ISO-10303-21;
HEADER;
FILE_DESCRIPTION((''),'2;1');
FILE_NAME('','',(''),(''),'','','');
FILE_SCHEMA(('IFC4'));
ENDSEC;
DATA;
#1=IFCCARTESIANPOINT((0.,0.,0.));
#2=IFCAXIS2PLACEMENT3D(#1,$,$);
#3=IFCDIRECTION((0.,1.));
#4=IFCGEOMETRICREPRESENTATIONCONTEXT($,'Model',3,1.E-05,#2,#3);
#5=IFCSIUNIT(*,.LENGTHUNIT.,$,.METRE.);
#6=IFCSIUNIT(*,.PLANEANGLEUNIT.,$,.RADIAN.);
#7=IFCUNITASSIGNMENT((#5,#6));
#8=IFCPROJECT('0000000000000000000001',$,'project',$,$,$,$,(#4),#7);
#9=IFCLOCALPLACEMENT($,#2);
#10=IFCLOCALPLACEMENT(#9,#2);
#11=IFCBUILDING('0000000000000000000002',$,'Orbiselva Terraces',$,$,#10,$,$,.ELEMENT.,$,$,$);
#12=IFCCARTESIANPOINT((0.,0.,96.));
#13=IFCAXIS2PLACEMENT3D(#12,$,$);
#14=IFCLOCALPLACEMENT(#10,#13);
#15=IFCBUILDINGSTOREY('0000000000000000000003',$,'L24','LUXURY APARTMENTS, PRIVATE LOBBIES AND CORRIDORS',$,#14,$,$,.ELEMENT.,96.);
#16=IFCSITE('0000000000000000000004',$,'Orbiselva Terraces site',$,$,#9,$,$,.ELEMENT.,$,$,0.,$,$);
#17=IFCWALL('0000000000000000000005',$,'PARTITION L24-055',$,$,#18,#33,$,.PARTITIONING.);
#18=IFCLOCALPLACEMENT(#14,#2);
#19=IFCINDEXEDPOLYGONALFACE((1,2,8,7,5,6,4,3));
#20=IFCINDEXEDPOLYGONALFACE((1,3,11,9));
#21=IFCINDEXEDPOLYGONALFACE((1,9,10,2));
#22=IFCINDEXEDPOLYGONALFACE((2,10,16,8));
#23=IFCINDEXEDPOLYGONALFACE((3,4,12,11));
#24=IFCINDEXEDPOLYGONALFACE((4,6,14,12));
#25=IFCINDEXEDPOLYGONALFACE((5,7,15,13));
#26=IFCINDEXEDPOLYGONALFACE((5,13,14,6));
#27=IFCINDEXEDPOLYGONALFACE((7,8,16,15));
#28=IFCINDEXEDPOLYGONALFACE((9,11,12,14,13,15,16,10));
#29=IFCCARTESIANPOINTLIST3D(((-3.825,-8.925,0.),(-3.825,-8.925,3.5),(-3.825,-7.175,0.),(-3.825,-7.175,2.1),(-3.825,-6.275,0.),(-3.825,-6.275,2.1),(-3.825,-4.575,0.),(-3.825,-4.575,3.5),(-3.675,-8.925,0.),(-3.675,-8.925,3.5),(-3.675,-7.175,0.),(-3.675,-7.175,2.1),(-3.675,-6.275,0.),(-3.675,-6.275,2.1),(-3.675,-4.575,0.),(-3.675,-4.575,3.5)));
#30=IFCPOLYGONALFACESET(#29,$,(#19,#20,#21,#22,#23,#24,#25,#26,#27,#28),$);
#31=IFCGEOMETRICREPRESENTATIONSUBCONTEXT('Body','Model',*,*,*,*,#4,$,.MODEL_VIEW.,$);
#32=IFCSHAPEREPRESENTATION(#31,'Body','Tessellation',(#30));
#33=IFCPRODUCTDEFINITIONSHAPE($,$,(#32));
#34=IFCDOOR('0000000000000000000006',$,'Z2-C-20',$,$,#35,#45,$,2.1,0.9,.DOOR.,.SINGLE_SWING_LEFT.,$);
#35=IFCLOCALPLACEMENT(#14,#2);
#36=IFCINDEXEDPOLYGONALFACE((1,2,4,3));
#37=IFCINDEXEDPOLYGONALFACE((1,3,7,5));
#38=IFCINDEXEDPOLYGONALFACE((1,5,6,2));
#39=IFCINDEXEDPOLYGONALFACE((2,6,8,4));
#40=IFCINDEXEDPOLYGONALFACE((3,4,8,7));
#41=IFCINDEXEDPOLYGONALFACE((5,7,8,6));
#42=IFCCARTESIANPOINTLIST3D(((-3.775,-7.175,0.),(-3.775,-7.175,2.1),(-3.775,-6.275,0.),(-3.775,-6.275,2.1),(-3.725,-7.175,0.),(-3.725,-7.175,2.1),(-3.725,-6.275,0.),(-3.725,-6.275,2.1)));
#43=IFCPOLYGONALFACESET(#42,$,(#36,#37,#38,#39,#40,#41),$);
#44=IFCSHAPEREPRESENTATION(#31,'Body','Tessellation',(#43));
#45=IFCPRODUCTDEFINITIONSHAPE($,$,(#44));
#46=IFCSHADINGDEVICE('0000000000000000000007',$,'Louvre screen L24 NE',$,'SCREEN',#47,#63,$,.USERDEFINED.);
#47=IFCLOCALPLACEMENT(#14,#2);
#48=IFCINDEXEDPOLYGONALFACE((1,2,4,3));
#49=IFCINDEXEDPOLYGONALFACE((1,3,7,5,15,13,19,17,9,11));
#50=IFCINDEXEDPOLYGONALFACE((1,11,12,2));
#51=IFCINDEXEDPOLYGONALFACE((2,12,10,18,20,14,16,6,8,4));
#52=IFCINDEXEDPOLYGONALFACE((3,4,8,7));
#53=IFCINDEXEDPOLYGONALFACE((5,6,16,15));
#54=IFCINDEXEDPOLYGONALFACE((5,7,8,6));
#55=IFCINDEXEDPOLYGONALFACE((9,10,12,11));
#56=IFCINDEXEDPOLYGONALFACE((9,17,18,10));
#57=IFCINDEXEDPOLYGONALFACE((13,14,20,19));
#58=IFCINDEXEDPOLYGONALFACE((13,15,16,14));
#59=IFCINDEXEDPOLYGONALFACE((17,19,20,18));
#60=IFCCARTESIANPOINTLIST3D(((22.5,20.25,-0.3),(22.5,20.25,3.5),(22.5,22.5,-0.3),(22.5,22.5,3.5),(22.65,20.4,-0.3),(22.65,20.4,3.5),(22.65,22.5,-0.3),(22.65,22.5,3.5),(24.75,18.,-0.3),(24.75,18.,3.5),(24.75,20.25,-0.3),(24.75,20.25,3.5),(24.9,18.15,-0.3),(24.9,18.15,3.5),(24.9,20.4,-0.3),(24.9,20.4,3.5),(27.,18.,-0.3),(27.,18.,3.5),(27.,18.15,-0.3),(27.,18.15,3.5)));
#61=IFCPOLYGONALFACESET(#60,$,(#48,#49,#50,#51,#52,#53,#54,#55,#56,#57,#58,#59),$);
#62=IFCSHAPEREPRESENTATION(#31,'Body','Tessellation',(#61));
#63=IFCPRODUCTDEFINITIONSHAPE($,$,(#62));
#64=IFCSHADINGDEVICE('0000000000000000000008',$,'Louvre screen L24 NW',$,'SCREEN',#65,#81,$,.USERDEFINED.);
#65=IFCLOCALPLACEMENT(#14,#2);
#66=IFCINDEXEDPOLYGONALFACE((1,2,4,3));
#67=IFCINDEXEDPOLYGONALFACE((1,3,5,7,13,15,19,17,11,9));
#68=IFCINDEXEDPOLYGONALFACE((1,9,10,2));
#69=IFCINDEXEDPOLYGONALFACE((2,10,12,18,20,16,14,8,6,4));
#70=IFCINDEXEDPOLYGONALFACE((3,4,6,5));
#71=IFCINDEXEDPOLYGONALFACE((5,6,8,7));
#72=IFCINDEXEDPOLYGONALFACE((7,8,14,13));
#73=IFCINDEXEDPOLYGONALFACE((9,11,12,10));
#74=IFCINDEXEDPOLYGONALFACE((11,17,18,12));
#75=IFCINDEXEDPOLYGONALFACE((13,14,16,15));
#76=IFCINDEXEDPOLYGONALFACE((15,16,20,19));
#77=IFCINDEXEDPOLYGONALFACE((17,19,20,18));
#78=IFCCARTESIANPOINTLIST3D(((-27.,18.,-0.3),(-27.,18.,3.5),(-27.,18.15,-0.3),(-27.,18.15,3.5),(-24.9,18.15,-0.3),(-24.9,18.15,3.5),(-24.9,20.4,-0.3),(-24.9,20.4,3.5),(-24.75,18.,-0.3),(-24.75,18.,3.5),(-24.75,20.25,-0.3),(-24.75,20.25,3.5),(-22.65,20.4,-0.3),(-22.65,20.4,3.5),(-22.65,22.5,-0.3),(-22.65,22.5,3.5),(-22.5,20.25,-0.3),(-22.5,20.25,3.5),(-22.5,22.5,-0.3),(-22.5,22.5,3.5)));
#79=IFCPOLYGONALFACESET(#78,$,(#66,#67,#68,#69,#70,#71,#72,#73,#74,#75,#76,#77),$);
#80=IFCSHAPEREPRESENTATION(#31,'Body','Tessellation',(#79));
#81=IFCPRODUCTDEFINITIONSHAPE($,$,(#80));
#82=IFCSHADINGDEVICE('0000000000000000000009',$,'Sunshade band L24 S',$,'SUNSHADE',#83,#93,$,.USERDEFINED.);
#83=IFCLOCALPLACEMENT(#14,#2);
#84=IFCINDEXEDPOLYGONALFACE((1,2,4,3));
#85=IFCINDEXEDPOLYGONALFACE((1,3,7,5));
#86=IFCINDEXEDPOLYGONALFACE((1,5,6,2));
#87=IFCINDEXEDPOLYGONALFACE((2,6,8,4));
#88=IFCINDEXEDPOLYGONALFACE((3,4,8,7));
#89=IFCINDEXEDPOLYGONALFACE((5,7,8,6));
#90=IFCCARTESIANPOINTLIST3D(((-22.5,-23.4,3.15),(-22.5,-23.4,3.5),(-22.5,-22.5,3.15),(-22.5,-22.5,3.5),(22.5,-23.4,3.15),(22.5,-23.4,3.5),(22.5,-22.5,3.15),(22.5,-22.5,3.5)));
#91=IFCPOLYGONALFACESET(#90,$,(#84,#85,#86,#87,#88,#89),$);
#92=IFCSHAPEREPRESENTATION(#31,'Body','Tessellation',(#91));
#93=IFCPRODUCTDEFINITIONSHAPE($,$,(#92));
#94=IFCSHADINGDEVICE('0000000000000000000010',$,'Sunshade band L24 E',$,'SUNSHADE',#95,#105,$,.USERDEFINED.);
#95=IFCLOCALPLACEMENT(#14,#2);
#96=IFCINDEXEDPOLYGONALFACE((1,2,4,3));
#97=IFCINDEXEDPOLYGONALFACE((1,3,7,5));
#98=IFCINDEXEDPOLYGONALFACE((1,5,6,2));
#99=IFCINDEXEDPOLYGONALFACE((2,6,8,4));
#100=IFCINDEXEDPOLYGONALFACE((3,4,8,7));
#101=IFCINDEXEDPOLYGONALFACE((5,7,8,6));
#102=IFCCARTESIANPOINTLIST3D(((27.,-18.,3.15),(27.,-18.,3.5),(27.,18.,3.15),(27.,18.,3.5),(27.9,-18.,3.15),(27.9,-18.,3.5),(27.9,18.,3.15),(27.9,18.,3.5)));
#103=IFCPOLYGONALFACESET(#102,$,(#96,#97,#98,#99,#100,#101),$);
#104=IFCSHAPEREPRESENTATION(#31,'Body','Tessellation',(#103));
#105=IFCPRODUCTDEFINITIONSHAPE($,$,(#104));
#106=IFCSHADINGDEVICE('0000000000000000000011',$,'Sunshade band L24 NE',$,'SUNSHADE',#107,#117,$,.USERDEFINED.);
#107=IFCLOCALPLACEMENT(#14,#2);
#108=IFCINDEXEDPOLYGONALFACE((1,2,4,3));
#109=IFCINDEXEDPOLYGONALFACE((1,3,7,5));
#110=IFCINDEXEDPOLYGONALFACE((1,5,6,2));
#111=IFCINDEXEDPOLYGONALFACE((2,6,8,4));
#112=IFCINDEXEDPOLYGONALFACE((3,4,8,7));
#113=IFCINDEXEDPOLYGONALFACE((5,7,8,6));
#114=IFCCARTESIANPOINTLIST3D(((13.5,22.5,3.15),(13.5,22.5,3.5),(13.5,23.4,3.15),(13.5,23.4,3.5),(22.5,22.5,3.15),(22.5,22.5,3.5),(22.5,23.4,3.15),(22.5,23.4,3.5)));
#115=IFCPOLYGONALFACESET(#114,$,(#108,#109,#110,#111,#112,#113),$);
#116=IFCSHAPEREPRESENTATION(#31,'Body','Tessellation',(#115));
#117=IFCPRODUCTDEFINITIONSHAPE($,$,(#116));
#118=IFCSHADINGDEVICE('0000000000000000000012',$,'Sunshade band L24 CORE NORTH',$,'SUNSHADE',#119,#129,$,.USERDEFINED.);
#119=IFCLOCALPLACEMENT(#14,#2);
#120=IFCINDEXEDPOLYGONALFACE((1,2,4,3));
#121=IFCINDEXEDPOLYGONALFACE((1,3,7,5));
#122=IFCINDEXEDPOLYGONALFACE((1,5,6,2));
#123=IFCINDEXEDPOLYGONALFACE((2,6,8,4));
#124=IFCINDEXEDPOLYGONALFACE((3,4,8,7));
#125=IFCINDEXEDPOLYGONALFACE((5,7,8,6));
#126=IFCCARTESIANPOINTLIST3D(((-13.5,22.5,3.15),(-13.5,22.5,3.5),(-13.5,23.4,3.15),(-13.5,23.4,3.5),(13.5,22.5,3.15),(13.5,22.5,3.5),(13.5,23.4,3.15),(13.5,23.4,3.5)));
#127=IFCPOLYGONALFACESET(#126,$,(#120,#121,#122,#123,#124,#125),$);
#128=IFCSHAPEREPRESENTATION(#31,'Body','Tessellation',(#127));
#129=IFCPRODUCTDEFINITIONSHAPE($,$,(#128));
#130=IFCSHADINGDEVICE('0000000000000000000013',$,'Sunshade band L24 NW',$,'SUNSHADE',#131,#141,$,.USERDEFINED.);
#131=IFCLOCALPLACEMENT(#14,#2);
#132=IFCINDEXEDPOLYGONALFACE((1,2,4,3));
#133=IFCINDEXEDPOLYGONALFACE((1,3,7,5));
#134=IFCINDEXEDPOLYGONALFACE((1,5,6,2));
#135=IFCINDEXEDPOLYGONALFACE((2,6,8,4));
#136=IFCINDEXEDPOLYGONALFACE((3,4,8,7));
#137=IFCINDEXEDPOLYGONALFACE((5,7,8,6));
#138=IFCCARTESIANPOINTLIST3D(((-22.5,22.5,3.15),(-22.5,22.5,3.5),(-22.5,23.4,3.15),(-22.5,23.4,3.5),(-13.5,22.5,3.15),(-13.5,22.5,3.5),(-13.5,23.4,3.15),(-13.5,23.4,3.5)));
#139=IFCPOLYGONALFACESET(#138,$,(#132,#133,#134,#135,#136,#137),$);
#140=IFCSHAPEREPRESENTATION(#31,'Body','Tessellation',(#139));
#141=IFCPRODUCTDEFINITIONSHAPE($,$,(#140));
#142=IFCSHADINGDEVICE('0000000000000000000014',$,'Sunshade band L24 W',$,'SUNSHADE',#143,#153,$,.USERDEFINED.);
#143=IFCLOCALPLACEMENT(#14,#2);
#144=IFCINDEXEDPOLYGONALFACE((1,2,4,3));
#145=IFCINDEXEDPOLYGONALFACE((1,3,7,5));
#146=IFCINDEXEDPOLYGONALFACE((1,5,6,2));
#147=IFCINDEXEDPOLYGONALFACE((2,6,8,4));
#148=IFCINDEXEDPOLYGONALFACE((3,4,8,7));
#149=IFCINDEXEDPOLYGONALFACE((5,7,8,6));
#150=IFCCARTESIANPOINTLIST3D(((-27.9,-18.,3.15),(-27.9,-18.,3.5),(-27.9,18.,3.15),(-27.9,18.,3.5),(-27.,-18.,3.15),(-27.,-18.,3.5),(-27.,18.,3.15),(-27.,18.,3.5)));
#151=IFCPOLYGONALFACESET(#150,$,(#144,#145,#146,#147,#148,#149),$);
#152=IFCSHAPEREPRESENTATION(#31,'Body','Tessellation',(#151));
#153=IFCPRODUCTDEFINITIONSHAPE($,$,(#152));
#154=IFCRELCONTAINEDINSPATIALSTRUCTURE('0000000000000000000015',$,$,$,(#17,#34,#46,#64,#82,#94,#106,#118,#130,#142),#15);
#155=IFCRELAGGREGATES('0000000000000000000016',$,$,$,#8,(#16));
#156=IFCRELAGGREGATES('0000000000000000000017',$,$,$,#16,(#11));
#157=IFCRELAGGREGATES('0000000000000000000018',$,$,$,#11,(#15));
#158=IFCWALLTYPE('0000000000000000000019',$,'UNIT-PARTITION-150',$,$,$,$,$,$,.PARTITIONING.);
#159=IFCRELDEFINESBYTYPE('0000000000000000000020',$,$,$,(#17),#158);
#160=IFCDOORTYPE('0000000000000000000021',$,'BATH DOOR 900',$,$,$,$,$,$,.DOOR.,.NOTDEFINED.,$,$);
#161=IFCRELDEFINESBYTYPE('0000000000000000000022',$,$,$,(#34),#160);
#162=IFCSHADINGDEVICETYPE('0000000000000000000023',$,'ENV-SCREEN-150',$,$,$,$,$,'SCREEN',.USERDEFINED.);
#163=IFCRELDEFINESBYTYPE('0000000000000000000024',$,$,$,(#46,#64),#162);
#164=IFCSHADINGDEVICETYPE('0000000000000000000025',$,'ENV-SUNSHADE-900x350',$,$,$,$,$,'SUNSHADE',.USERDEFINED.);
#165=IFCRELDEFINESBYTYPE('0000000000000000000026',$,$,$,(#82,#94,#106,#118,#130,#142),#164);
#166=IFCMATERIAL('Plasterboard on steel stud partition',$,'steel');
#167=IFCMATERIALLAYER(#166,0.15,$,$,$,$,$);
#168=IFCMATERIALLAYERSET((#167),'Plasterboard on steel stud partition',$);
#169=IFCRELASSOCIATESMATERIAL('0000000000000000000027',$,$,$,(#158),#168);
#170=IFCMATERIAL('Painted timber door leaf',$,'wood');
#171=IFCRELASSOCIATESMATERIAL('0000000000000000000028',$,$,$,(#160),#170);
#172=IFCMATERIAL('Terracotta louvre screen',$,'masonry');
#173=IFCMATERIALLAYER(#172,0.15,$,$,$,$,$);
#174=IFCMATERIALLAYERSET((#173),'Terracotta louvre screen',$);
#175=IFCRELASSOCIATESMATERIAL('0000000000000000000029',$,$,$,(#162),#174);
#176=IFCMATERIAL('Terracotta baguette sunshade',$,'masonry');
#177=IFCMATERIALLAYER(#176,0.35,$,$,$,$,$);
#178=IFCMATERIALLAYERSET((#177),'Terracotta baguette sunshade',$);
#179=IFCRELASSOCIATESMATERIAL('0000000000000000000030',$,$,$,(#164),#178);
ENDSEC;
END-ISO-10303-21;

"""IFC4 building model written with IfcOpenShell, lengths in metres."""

from ifc_helpers import new_model, si_unit, direction, frame, frame_2d, origin, place, context, subcontext, project, spatial, polyline, rectangle, outline, extrude, material, layer, layer_set, type_object, element, fill, save


model = new_model("IFC4")

# Units and contexts
model_context = context("Model", 3, precision=1e-05, world=origin(), true_north=direction((0.0, 1.0)))
body_context = subcontext(model_context, "Body", "Model", "MODEL_VIEW")
ifc_project = project(units=[si_unit("LENGTHUNIT", "METRE"), si_unit("PLANEANGLEUNIT", "RADIAN")], contexts=[model_context])

# Site, building, storey
site_placement = place(None, origin())
site = spatial("IfcSite", under=ifc_project, at=site_placement, Name="Orbiselva Terraces site", CompositionType="ELEMENT", RefElevation=0.0)
building_placement = place(site_placement, origin())
building = spatial("IfcBuilding", under=site, at=building_placement, Name="Orbiselva Terraces", CompositionType="ELEMENT")
storey_placement = place(building_placement, frame((0.0, 0.0, 96.0)))
storey = spatial("IfcBuildingStorey", under=building, at=storey_placement, Name="L24", Description="LUXURY APARTMENTS, PRIVATE LOBBIES AND CORRIDORS", CompositionType="ELEMENT", Elevation=96.0)

# Shared definitions
ifc_material_1 = material(Name="Plasterboard on steel stud partition", Category="steel")
ifc_material_2 = material(Name="Painted timber door leaf", Category="wood")

# Shared definitions
ifc_layer_1 = layer(ifc_material_1, 0.15)
ifc_layer_set_1 = layer_set([ifc_layer_1], Name="Plasterboard on steel stud partition")
wall_type_1 = type_object("IfcWallType", Name="UNIT-PARTITION-150", PredefinedType="PARTITIONING", material=ifc_layer_set_1)

# Shared definitions
door_type_1 = type_object("IfcDoorType", Name="BATH DOOR 900", OperationType="NOTDEFINED", PredefinedType="DOOR", material=ifc_material_2)

# Wall, opening, door
wall_1_placement = place(storey_placement, frame((-3.75, -4.575, 0.0), z_axis=(0.0, 0.0, 1.0), x_axis=(0.0, -1.0, 0.0)))
wall_1 = element("IfcWall", 1, at=wall_1_placement, inside=storey, type_object=wall_type_1, Name="PARTITION L24-055", PredefinedType="PARTITIONING", context=body_context, shape_type="SweptSolid", body=[
    extrude(rectangle(XDim=4.35, YDim=0.15, at=frame_2d((2.175, 0.0))), origin(), (0.0, 0.0, 1.0), 3.5),
])
opening_1_placement = place(wall_1_placement, frame((1.7, 0.0, 0.0)))
opening_1 = element("IfcOpeningElement", 2, at=opening_1_placement, cuts=wall_1, PredefinedType="OPENING", context=body_context, shape_type="SweptSolid", body=[
    extrude(rectangle(XDim=0.9, YDim=2.1, at=frame_2d((0.45, 1.05))), frame((0.0, 0.085, 0.0), z_axis=(0.0, -1.0, 0.0), x_axis=(1.0, 0.0, 0.0)), (0.0, 0.0, 1.0), 0.17),
])
door_1_placement = place(opening_1_placement, origin())
door_1 = element("IfcDoor", 3, at=door_1_placement, inside=storey, type_object=door_type_1, Name="Z2-C-20", OperationType="SINGLE_SWING_LEFT", OverallHeight=2.1, OverallWidth=0.9, PredefinedType="DOOR", context=body_context, shape_type="SweptSolid", body=[
    extrude(rectangle(XDim=0.9, YDim=2.1, at=frame_2d((0.45, 1.05))), frame((0.0, 0.025, 0.0), z_axis=(0.0, -1.0, 0.0), x_axis=(1.0, 0.0, 0.0)), (0.0, 0.0, 1.0), 0.05),
])
fill(opening_1, door_1)

# Shading devices
ifc_material_3 = material(Name="Terracotta louvre screen", Category="masonry")
ifc_layer_2 = layer(ifc_material_3, 0.15)
ifc_layer_set_2 = layer_set([ifc_layer_2], Name="Terracotta louvre screen")
shading_device_type_1 = type_object("IfcShadingDeviceType", Name="ENV-SCREEN-150", ElementType="SCREEN", PredefinedType="USERDEFINED", material=ifc_layer_set_2)
shading_device_1_placement = place(storey_placement, frame((0.0, 0.0, -0.3)))
element("IfcShadingDevice", 4, at=shading_device_1_placement, inside=storey, type_object=shading_device_type_1, Name="Louvre screen L24 NE", ObjectType="SCREEN", PredefinedType="USERDEFINED", context=body_context, shape_type="SweptSolid", body=[
    extrude(outline(polyline([(27.0, 18.15), (24.9, 18.15), (24.9, 20.4), (22.65, 20.4), (22.65, 22.5), (22.5, 22.5), (22.5, 20.25), (24.75, 20.25), (24.75, 18.0), (27.0, 18.0), (27.0, 18.15)])), origin(), (0.0, 0.0, 1.0), 3.8),
])
shading_device_2_placement = place(storey_placement, frame((0.0, 0.0, -0.3)))
element("IfcShadingDevice", 5, at=shading_device_2_placement, inside=storey, type_object=shading_device_type_1, Name="Louvre screen L24 NW", ObjectType="SCREEN", PredefinedType="USERDEFINED", context=body_context, shape_type="SweptSolid", body=[
    extrude(outline(polyline([(-22.65, 22.5), (-22.65, 20.4), (-24.9, 20.4), (-24.9, 18.15), (-27.0, 18.15), (-27.0, 18.0), (-24.75, 18.0), (-24.75, 20.25), (-22.5, 20.25), (-22.5, 22.5), (-22.65, 22.5)])), origin(), (0.0, 0.0, 1.0), 3.8),
])
ifc_material_4 = material(Name="Terracotta baguette sunshade", Category="masonry")
ifc_layer_3 = layer(ifc_material_4, 0.35)
ifc_layer_set_3 = layer_set([ifc_layer_3], Name="Terracotta baguette sunshade")
shading_device_type_2 = type_object("IfcShadingDeviceType", Name="ENV-SUNSHADE-900x350", ElementType="SUNSHADE", PredefinedType="USERDEFINED", material=ifc_layer_set_3)
shading_device_3_placement = place(storey_placement, frame((0.0, 0.0, 3.15)))
element("IfcShadingDevice", 6, at=shading_device_3_placement, inside=storey, type_object=shading_device_type_2, Name="Sunshade band L24 S", ObjectType="SUNSHADE", PredefinedType="USERDEFINED", context=body_context, shape_type="SweptSolid", body=[
    extrude(outline(polyline([(-22.5, -23.4), (22.5, -23.4), (22.5, -22.5), (-22.5, -22.5), (-22.5, -23.4)])), origin(), (0.0, 0.0, 1.0), 0.35),
])
shading_device_4_placement = place(storey_placement, frame((0.0, 0.0, 3.15)))
element("IfcShadingDevice", 7, at=shading_device_4_placement, inside=storey, type_object=shading_device_type_2, Name="Sunshade band L24 E", ObjectType="SUNSHADE", PredefinedType="USERDEFINED", context=body_context, shape_type="SweptSolid", body=[
    extrude(outline(polyline([(27.9, -18.0), (27.9, 18.0), (27.0, 18.0), (27.0, -18.0), (27.9, -18.0)])), origin(), (0.0, 0.0, 1.0), 0.35),
])
shading_device_5_placement = place(storey_placement, frame((0.0, 0.0, 3.15)))
element("IfcShadingDevice", 8, at=shading_device_5_placement, inside=storey, type_object=shading_device_type_2, Name="Sunshade band L24 NE", ObjectType="SUNSHADE", PredefinedType="USERDEFINED", context=body_context, shape_type="SweptSolid", body=[
    extrude(outline(polyline([(22.5, 23.4), (13.5, 23.4), (13.5, 22.5), (22.5, 22.5), (22.5, 23.4)])), origin(), (0.0, 0.0, 1.0), 0.35),
])
shading_device_6_placement = place(storey_placement, frame((0.0, 0.0, 3.15)))
element("IfcShadingDevice", 9, at=shading_device_6_placement, inside=storey, type_object=shading_device_type_2, Name="Sunshade band L24 CORE NORTH", ObjectType="SUNSHADE", PredefinedType="USERDEFINED", context=body_context, shape_type="SweptSolid", body=[
    extrude(outline(polyline([(13.5, 23.4), (-13.5, 23.4), (-13.5, 22.5), (13.5, 22.5), (13.5, 23.4)])), origin(), (0.0, 0.0, 1.0), 0.35),
])
shading_device_7_placement = place(storey_placement, frame((0.0, 0.0, 3.15)))
element("IfcShadingDevice", 10, at=shading_device_7_placement, inside=storey, type_object=shading_device_type_2, Name="Sunshade band L24 NW", ObjectType="SUNSHADE", PredefinedType="USERDEFINED", context=body_context, shape_type="SweptSolid", body=[
    extrude(outline(polyline([(-13.5, 23.4), (-22.5, 23.4), (-22.5, 22.5), (-13.5, 22.5), (-13.5, 23.4)])), origin(), (0.0, 0.0, 1.0), 0.35),
])
shading_device_8_placement = place(storey_placement, frame((0.0, 0.0, 3.15)))
element("IfcShadingDevice", 11, at=shading_device_8_placement, inside=storey, type_object=shading_device_type_2, Name="Sunshade band L24 W", ObjectType="SUNSHADE", PredefinedType="USERDEFINED", context=body_context, shape_type="SweptSolid", body=[
    extrude(outline(polyline([(-27.9, 18.0), (-27.9, -18.0), (-27.0, -18.0), (-27.0, 18.0), (-27.9, 18.0)])), origin(), (0.0, 0.0, 1.0), 0.35),
])

save(model, "model.ifc")
